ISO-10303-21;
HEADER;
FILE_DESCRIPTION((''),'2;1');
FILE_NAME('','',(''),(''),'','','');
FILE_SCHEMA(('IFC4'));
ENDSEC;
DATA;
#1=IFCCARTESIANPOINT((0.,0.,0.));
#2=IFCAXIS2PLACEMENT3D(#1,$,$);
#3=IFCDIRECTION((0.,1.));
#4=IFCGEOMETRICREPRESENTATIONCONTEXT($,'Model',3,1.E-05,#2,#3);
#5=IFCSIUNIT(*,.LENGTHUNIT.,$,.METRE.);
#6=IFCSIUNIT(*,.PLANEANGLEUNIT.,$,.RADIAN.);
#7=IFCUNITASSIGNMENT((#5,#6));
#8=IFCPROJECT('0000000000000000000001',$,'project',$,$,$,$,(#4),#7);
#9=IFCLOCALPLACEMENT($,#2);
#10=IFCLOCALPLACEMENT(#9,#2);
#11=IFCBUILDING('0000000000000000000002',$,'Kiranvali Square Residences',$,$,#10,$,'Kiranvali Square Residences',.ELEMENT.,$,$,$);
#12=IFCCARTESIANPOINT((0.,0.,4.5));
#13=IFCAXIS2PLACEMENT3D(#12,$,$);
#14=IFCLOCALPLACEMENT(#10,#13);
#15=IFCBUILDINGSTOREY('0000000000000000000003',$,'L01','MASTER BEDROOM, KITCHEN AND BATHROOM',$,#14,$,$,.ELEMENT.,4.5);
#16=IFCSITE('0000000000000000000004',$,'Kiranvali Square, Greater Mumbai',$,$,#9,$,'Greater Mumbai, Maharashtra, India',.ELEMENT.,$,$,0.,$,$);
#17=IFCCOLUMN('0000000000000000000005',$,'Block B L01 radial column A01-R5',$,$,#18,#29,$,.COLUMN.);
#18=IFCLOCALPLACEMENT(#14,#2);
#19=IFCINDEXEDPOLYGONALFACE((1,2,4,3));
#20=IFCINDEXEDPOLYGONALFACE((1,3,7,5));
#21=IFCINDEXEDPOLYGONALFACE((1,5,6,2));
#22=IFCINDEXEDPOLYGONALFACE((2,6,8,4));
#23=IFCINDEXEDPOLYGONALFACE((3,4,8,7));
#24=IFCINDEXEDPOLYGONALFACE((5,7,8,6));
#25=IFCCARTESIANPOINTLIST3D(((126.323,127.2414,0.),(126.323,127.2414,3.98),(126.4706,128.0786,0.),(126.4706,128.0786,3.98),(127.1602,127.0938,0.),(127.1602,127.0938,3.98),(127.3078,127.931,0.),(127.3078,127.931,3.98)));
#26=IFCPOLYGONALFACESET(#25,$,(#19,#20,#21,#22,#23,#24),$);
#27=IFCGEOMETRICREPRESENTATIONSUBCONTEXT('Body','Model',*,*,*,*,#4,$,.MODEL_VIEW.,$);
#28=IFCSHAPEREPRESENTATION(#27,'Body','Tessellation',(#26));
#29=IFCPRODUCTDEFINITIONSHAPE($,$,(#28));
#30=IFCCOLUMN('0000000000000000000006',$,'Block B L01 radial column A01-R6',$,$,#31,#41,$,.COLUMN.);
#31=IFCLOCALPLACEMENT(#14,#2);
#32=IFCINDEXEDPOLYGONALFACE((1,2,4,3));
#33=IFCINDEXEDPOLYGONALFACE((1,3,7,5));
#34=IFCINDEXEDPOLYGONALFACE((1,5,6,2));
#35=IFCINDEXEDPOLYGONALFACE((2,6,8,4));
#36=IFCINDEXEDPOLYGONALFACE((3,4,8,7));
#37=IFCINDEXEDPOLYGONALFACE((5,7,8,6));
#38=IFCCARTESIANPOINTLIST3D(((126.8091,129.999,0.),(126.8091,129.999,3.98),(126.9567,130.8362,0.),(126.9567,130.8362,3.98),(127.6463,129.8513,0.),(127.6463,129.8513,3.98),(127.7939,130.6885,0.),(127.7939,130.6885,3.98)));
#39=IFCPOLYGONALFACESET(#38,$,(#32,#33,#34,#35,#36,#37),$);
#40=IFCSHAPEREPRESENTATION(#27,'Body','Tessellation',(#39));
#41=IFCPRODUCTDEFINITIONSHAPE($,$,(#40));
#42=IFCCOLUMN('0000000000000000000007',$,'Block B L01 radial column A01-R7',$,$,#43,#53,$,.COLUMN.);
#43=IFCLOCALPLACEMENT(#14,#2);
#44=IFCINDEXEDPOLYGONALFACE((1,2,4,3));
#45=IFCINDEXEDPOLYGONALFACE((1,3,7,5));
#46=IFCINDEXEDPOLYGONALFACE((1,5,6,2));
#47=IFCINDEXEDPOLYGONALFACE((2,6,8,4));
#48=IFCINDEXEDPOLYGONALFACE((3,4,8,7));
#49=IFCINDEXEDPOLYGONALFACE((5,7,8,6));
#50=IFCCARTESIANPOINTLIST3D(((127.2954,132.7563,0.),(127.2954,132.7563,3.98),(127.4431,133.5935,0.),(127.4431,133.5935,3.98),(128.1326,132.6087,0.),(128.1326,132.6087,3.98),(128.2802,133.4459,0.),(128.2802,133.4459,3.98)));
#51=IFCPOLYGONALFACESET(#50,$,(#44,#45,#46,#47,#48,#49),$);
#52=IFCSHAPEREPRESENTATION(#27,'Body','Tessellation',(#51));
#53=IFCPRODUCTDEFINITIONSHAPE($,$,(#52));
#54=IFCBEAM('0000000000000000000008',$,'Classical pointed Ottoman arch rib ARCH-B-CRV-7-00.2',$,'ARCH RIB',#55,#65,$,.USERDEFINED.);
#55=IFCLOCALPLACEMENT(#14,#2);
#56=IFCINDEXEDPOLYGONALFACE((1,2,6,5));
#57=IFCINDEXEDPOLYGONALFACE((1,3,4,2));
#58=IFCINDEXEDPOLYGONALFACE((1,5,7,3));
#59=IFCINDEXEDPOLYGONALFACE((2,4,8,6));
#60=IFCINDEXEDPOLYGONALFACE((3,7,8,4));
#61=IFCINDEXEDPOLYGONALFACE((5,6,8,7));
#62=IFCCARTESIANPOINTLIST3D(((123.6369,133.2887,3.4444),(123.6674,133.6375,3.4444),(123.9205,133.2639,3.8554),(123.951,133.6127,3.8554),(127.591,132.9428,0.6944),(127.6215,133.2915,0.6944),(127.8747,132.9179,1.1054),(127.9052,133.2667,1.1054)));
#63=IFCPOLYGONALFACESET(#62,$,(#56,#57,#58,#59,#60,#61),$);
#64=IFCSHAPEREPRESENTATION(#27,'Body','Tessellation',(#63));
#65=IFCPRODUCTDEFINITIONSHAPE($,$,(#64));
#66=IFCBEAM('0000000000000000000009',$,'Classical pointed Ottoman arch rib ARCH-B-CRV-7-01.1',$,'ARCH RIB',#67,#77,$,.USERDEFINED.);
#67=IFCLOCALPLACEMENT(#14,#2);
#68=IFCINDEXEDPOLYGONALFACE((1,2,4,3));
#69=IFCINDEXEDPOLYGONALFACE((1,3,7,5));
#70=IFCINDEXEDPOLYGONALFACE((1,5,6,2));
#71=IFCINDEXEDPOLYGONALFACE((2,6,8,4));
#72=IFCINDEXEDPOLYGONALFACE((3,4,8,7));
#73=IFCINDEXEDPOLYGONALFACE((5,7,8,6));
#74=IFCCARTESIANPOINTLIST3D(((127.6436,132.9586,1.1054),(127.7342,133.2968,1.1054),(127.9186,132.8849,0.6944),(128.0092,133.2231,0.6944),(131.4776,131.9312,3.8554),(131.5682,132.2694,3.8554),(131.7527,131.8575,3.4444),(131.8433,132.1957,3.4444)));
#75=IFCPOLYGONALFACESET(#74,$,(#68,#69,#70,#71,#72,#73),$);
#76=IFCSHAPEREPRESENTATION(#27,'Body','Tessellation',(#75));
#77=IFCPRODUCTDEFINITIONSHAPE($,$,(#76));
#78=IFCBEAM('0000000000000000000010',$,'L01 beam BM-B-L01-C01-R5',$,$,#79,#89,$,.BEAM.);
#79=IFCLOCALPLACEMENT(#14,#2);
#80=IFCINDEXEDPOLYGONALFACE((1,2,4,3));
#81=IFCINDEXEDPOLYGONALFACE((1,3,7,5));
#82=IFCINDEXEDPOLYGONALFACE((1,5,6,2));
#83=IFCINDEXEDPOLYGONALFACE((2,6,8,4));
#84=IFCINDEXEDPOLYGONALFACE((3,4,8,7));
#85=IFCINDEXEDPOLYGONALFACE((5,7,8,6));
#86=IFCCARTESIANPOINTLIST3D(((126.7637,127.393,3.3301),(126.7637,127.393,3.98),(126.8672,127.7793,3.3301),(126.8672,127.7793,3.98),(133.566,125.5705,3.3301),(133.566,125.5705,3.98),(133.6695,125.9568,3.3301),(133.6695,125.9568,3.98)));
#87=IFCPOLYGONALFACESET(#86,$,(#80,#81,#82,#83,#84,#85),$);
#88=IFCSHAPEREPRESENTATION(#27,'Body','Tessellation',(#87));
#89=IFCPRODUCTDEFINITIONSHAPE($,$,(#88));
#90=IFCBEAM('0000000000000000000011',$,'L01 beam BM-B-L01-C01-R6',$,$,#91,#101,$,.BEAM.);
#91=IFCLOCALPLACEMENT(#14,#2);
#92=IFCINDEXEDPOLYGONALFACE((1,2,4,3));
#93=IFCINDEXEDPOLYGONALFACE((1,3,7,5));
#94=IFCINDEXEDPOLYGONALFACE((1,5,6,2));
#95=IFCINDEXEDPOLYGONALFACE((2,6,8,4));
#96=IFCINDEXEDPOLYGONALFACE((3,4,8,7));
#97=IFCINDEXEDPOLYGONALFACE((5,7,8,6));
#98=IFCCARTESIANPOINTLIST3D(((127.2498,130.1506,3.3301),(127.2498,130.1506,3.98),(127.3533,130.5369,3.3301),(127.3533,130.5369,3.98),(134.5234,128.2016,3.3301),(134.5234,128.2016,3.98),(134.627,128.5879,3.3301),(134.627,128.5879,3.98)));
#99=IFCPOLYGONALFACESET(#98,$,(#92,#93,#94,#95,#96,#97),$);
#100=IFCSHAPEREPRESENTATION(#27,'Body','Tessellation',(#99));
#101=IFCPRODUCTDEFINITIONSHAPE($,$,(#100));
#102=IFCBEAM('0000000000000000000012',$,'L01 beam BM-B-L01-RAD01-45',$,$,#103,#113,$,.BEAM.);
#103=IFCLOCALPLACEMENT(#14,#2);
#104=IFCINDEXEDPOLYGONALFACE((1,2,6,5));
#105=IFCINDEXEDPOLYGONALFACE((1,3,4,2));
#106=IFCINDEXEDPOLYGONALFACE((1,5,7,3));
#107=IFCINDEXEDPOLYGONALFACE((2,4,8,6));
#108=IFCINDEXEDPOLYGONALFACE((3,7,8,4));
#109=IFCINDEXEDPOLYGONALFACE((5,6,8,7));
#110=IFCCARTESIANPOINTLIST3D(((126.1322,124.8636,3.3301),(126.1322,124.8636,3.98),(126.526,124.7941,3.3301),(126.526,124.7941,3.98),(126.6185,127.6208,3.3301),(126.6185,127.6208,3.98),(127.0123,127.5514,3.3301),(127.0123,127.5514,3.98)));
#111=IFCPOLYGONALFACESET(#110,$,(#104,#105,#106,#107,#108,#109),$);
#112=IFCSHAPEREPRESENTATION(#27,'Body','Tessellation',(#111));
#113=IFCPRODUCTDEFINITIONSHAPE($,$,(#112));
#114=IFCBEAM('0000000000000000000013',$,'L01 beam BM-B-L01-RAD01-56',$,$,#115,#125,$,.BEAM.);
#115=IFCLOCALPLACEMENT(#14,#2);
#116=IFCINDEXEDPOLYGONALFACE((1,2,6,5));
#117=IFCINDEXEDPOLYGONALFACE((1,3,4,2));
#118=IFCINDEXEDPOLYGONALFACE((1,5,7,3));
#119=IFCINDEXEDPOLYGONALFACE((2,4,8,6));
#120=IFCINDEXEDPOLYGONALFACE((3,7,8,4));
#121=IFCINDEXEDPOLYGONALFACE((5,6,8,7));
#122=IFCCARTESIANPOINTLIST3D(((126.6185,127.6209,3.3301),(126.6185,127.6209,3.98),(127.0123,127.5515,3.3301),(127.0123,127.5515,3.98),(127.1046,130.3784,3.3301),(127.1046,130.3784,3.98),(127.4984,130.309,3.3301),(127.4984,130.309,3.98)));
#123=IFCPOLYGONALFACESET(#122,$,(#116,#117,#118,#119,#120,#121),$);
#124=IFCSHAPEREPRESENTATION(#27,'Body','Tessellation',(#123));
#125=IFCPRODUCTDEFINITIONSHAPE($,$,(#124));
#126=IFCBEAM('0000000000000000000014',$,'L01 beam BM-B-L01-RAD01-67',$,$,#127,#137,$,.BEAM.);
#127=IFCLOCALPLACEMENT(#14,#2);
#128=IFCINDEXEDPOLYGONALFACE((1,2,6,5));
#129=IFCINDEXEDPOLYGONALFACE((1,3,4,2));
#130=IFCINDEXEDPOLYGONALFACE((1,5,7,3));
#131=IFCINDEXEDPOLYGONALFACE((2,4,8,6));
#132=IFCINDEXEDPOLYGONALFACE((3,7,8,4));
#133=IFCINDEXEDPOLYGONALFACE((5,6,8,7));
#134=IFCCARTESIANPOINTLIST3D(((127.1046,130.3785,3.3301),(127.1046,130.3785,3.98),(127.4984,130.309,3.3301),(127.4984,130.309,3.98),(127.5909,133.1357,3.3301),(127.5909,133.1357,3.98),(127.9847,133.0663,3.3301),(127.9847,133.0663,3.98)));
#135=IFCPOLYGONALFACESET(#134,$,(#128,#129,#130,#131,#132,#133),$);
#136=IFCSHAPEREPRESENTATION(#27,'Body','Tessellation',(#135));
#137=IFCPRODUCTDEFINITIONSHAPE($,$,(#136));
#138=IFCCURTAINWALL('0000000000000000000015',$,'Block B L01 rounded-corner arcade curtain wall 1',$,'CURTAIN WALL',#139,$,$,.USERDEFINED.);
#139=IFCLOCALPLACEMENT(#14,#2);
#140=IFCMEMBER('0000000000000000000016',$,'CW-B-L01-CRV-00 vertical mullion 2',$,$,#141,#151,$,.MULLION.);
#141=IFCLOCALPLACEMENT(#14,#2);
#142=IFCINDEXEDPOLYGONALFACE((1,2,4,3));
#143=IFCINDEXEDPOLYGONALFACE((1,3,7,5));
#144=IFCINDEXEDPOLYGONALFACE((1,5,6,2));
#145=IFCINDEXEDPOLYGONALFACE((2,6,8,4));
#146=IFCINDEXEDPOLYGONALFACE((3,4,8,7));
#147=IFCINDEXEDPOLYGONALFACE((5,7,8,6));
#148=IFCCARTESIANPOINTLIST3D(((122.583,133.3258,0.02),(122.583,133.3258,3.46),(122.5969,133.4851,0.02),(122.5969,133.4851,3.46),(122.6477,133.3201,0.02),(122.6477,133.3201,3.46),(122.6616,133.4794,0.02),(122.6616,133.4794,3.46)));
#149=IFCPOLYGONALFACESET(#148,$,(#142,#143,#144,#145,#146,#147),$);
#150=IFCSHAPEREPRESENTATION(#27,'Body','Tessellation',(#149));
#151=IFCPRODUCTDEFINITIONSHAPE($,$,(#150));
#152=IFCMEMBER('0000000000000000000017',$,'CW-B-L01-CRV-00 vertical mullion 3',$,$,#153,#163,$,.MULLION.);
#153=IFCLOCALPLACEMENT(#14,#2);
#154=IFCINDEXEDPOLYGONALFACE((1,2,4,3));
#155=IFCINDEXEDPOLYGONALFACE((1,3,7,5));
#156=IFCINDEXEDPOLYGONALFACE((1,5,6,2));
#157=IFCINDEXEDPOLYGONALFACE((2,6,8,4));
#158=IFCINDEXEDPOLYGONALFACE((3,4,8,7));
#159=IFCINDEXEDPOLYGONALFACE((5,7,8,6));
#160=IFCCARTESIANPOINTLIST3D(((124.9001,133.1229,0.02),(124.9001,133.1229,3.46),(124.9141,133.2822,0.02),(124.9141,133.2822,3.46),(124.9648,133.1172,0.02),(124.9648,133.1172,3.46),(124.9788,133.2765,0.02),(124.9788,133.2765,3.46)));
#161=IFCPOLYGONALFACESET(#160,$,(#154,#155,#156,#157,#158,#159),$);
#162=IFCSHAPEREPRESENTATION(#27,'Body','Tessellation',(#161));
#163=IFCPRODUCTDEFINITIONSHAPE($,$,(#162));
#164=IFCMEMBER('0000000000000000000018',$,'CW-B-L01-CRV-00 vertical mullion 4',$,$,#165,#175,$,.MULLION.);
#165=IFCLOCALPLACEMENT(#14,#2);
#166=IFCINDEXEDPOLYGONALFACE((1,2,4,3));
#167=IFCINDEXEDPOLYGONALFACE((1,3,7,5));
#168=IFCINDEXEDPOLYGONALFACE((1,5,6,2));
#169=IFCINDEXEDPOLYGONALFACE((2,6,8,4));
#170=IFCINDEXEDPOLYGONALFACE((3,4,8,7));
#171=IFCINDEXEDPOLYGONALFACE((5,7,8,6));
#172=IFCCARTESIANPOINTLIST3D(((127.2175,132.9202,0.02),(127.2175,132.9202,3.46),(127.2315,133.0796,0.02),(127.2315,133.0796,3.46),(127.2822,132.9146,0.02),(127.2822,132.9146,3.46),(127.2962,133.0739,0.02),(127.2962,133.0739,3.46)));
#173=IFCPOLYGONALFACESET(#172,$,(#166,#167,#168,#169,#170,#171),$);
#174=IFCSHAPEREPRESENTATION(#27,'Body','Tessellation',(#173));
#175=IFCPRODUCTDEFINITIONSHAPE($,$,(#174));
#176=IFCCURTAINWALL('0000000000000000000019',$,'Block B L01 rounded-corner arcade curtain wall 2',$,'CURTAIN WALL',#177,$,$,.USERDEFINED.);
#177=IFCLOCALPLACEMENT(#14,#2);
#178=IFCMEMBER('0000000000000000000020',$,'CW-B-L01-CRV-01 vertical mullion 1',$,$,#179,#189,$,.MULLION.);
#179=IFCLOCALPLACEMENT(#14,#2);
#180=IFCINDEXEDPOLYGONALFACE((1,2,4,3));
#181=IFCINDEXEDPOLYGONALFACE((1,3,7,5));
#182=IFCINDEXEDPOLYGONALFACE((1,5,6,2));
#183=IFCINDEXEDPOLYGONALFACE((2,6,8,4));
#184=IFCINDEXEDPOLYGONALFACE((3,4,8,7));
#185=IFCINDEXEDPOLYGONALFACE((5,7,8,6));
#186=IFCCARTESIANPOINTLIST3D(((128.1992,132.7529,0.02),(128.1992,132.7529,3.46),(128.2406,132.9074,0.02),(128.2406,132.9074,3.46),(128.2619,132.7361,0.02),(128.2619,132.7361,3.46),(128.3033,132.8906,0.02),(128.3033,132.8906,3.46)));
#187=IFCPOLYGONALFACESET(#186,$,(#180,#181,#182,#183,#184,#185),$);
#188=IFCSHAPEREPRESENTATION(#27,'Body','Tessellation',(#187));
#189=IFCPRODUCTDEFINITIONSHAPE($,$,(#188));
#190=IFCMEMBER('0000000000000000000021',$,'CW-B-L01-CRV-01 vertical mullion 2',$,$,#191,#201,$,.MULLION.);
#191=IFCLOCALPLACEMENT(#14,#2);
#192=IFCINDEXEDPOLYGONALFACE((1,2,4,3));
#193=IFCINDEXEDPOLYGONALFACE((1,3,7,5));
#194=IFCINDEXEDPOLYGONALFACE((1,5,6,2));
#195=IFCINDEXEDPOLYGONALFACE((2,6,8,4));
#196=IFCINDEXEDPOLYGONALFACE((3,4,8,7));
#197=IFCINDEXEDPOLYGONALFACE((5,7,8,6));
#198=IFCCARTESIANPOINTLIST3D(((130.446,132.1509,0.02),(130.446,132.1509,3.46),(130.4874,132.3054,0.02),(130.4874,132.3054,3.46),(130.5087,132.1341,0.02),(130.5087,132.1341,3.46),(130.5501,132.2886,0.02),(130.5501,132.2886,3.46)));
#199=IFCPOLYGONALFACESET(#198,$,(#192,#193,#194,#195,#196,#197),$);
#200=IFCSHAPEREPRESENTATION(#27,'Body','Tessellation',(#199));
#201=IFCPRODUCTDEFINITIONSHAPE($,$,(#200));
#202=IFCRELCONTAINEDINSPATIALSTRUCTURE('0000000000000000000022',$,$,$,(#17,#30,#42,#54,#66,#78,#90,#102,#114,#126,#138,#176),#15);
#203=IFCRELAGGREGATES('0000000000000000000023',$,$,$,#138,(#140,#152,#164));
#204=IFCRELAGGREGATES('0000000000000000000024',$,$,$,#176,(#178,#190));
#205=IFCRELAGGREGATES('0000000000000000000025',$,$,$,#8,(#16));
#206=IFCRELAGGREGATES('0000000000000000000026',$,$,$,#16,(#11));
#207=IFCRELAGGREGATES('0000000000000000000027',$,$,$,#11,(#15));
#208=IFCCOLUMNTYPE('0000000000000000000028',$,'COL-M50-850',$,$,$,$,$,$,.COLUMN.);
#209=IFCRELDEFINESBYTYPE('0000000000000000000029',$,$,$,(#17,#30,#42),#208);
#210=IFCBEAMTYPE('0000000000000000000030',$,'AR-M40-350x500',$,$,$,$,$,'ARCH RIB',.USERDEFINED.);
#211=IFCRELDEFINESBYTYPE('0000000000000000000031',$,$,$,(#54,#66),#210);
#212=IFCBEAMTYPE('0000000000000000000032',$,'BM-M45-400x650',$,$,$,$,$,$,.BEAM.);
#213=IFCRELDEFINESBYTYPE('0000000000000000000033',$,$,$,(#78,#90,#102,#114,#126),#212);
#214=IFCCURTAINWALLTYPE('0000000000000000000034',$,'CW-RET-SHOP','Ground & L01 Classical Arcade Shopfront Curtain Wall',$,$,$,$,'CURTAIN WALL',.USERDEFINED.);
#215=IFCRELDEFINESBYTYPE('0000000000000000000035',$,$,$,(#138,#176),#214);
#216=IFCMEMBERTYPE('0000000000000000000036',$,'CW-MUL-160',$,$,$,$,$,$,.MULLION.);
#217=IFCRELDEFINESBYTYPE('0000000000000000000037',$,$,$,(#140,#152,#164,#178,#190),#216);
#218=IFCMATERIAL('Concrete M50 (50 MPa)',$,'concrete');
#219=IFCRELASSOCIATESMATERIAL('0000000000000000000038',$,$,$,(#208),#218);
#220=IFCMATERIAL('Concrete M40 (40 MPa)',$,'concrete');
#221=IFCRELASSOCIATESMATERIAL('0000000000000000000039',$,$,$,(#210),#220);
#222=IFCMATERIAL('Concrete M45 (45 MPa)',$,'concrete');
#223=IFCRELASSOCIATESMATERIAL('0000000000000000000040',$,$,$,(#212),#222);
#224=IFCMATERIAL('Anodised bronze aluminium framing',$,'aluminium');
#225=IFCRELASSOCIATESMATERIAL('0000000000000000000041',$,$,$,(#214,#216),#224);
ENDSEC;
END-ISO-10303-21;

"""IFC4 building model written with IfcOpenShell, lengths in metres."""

from ifc_helpers import new_model, si_unit, direction, frame, origin, origin_2d, place, context, subcontext, project, spatial, rectangle, extrude, material, material_profile, profile_set, type_object, element, aggregate, save


model = new_model("IFC4")

# Units and contexts
model_context = context("Model", 3, precision=1e-05, world=origin(), true_north=direction((0.0, 1.0)))
body_context = subcontext(model_context, "Body", "Model", "MODEL_VIEW")
ifc_project = project(units=[si_unit("LENGTHUNIT", "METRE"), si_unit("PLANEANGLEUNIT", "RADIAN")], contexts=[model_context])

# Site, building, storey
site_placement = place(None, origin())
site = spatial("IfcSite", under=ifc_project, at=site_placement, Name="Kiranvali Square, Greater Mumbai", LongName="Greater Mumbai, Maharashtra, India", CompositionType="ELEMENT", RefElevation=0.0)
building_placement = place(site_placement, origin())
building = spatial("IfcBuilding", under=site, at=building_placement, Name="Kiranvali Square Residences", LongName="Kiranvali Square Residences", CompositionType="ELEMENT")
storey_placement = place(building_placement, frame((0.0, 0.0, 4.5)))
storey = spatial("IfcBuildingStorey", under=building, at=storey_placement, Name="L01", Description="MASTER BEDROOM, KITCHEN AND BATHROOM", CompositionType="ELEMENT", Elevation=4.5)

# Columns
ifc_material_1 = material(Name="Concrete M50 (50 MPa)", Category="concrete")
ifc_material_profile_1 = material_profile(ifc_material_1, rectangle(XDim=0.8501, YDim=0.8501, at=origin_2d()), Name="RC 850x850")
ifc_profile_set_1 = profile_set([ifc_material_profile_1], Name="Concrete M50 (50 MPa)")
column_type = type_object("IfcColumnType", Name="COL-M50-850", PredefinedType="COLUMN", material=ifc_profile_set_1)
for number, where, z_axis, x_axis, name in (
    (1, (126.8154, 127.5862, 0.0), (0.0, 0.0, 1.0), (-0.984808, 0.173648, 0.0), "Block B L01 radial column A01-R5"),
    (2, (127.3015, 130.3438, 0.0), (0.0, 0.0, 1.0), (-0.984808, 0.173648, 0.0), "Block B L01 radial column A01-R6"),
    (3, (127.7878, 133.1011, 0.0), (0.0, 0.0, 1.0), (-0.984808, 0.173648, 0.0), "Block B L01 radial column A01-R7"),
):
    element("IfcColumn", number, at=place(storey_placement, frame(where, z_axis=z_axis, x_axis=x_axis)), inside=storey, type_object=column_type, Name=name, PredefinedType="COLUMN", context=body_context, shape_type="SweptSolid", body=[
        extrude(rectangle(XDim=0.8501, YDim=0.8501, at=origin_2d()), origin(), (0.0, 0.0, 1.0), 3.98),
    ])

# Beams
ifc_material_2 = material(Name="Concrete M40 (40 MPa)", Category="concrete")
ifc_material_profile_2 = material_profile(ifc_material_2, rectangle(XDim=0.3501, YDim=0.5, at=origin_2d()), Name="RC 350x500")
ifc_profile_set_2 = profile_set([ifc_material_profile_2], Name="Concrete M40 (40 MPa)")
beam_type_1 = type_object("IfcBeamType", Name="AR-M40-350x500", ElementType="ARCH RIB", PredefinedType="USERDEFINED", material=ifc_profile_set_2)
for number, where, z_axis, x_axis, name in (
    (4, (123.7939, 133.4507, 3.6499), (0.818862, -0.071643, -0.569502), (0.087158, 0.996195, 0.0), "Classical pointed Ottoman arch rib ARCH-B-CRV-7-00.2"),
    (5, (127.8264, 133.0908, 0.8999), (0.793982, -0.212753, 0.569499), (0.258826, 0.965924, 0.0), "Classical pointed Ottoman arch rib ARCH-B-CRV-7-01.1"),
):
    element("IfcBeam", number, at=place(storey_placement, frame(where, z_axis=z_axis, x_axis=x_axis)), inside=storey, type_object=beam_type_1, Name=name, ObjectType="ARCH RIB", PredefinedType="USERDEFINED", context=body_context, shape_type="SweptSolid", body=[
        extrude(rectangle(XDim=0.3501, YDim=0.5, at=origin_2d()), origin(), (0.0, 0.0, 1.0), 4.8289),
    ])
ifc_material_3 = material(Name="Concrete M45 (45 MPa)", Category="concrete")
ifc_material_profile_3 = material_profile(ifc_material_3, rectangle(XDim=0.3999, YDim=0.6499, at=origin_2d()), Name="RC 400x650")
ifc_profile_set_3 = profile_set([ifc_material_profile_3], Name="Concrete M45 (45 MPa)")
beam_type_2 = type_object("IfcBeamType", Name="BM-M45-400x650", PredefinedType="BEAM", material=ifc_profile_set_3)
beam_1_placement = place(storey_placement, frame((126.8154, 127.5862, 3.655), z_axis=(0.965931, -0.2588, 0.0), x_axis=(0.2588, 0.965931, 0.0)))
element("IfcBeam", 6, at=beam_1_placement, inside=storey, type_object=beam_type_2, Name="L01 beam BM-B-L01-C01-R5", PredefinedType="BEAM", context=body_context, shape_type="SweptSolid", body=[
    extrude(rectangle(XDim=0.3999, YDim=0.6499, at=origin_2d()), origin(), (0.0, 0.0, 1.0), 7.0422),
])
beam_2_placement = place(storey_placement, frame((127.3015, 130.3438, 3.655), z_axis=(0.965926, -0.258819, 0.0), x_axis=(0.258819, 0.965926, 0.0)))
element("IfcBeam", 7, at=beam_2_placement, inside=storey, type_object=beam_type_2, Name="L01 beam BM-B-L01-C01-R6", PredefinedType="BEAM", context=body_context, shape_type="SweptSolid", body=[
    extrude(rectangle(XDim=0.3999, YDim=0.6499, at=origin_2d()), origin(), (0.0, 0.0, 1.0), 7.5303),
])
beam_3_placement = place(storey_placement, frame((126.3291, 124.8289, 3.655), z_axis=(0.173696, 0.984799, 0.0), x_axis=(-0.984799, 0.173696, 0.0)))
element("IfcBeam", 8, at=beam_3_placement, inside=storey, type_object=beam_type_2, Name="L01 beam BM-B-L01-RAD01-45", PredefinedType="BEAM", context=body_context, shape_type="SweptSolid", body=[
    extrude(rectangle(XDim=0.3999, YDim=0.6499, at=origin_2d()), origin(), (0.0, 0.0, 1.0), 2.7998),
])
beam_4_placement = place(storey_placement, frame((126.8154, 127.5862, 3.655), z_axis=(0.173596, 0.984817, 0.0), x_axis=(-0.984817, 0.173596, 0.0)))
element("IfcBeam", 9, at=beam_4_placement, inside=storey, type_object=beam_type_2, Name="L01 beam BM-B-L01-RAD01-56", PredefinedType="BEAM", context=body_context, shape_type="SweptSolid", body=[
    extrude(rectangle(XDim=0.3999, YDim=0.6499, at=origin_2d()), origin(), (0.0, 0.0, 1.0), 2.8),
])
beam_5_placement = place(storey_placement, frame((127.3015, 130.3438, 3.655), z_axis=(0.173696, 0.984799, 0.0), x_axis=(-0.984799, 0.173696, 0.0)))
element("IfcBeam", 10, at=beam_5_placement, inside=storey, type_object=beam_type_2, Name="L01 beam BM-B-L01-RAD01-67", PredefinedType="BEAM", context=body_context, shape_type="SweptSolid", body=[
    extrude(rectangle(XDim=0.3999, YDim=0.6499, at=origin_2d()), origin(), (0.0, 0.0, 1.0), 2.7998),
])

# Curtain walls, members
ifc_material_4 = material(Name="Anodised bronze aluminium framing", Category="aluminium")
curtain_wall_type = type_object("IfcCurtainWallType", Name="CW-RET-SHOP", Description="Ground & L01 Classical Arcade Shopfront Curtain Wall", ElementType="CURTAIN WALL", PredefinedType="USERDEFINED", material=ifc_material_4)
curtain_wall_1_placement = place(storey_placement, origin())
curtain_wall_1 = element("IfcCurtainWall", 11, at=curtain_wall_1_placement, inside=storey, type_object=curtain_wall_type, Name="Block B L01 rounded-corner arcade curtain wall 1", ObjectType="CURTAIN WALL", PredefinedType="USERDEFINED")
ifc_material_profile_4 = material_profile(ifc_material_4, rectangle(XDim=0.0649, YDim=0.1599, at=origin_2d()), Name="ALU 65x160")
ifc_profile_set_4 = profile_set([ifc_material_profile_4], Name="Anodised bronze aluminium framing")
member_type_1 = type_object("IfcMemberType", Name="CW-MUL-160", PredefinedType="MULLION", material=ifc_profile_set_4)
member_1_placement = place(storey_placement, frame((122.6223, 133.4026, 0.02), z_axis=(0.0, 0.0, 1.0), x_axis=(0.996195, -0.087156, 0.0)))
member_1 = element("IfcMember", 12, at=member_1_placement, type_object=member_type_1, Name="CW-B-L01-CRV-00 vertical mullion 2", PredefinedType="MULLION", context=body_context, shape_type="SweptSolid", body=[
    extrude(rectangle(XDim=0.0649, YDim=0.1599, at=origin_2d()), origin(), (0.0, 0.0, 1.0), 3.4399),
])
member_2_placement = place(storey_placement, frame((124.9395, 133.1997, 0.02), z_axis=(0.0, 0.0, 1.0), x_axis=(0.996195, -0.087156, 0.0)))
member_2 = element("IfcMember", 13, at=member_2_placement, type_object=member_type_1, Name="CW-B-L01-CRV-00 vertical mullion 3", PredefinedType="MULLION", context=body_context, shape_type="SweptSolid", body=[
    extrude(rectangle(XDim=0.0649, YDim=0.1599, at=origin_2d()), origin(), (0.0, 0.0, 1.0), 3.4399),
])
member_3_placement = place(storey_placement, frame((127.2568, 132.9971, 0.02), z_axis=(0.0, 0.0, 1.0), x_axis=(0.996195, -0.087156, 0.0)))
member_3 = element("IfcMember", 14, at=member_3_placement, type_object=member_type_1, Name="CW-B-L01-CRV-00 vertical mullion 4", PredefinedType="MULLION", context=body_context, shape_type="SweptSolid", body=[
    extrude(rectangle(XDim=0.0649, YDim=0.1599, at=origin_2d()), origin(), (0.0, 0.0, 1.0), 3.4399),
])
curtain_wall_2_placement = place(storey_placement, origin())
curtain_wall_2 = element("IfcCurtainWall", 15, at=curtain_wall_2_placement, inside=storey, type_object=curtain_wall_type, Name="Block B L01 rounded-corner arcade curtain wall 2", ObjectType="CURTAIN WALL", PredefinedType="USERDEFINED")
member_4_placement = place(storey_placement, frame((128.2512, 132.8218, 0.02), z_axis=(0.0, 0.0, 1.0), x_axis=(0.965926, -0.258819, 0.0)))
member_4 = element("IfcMember", 16, at=member_4_placement, type_object=member_type_1, Name="CW-B-L01-CRV-01 vertical mullion 1", PredefinedType="MULLION", context=body_context, shape_type="SweptSolid", body=[
    extrude(rectangle(XDim=0.0649, YDim=0.1599, at=origin_2d()), origin(), (0.0, 0.0, 1.0), 3.4399),
])
member_5_placement = place(storey_placement, frame((130.498, 132.2197, 0.02), z_axis=(0.0, 0.0, 1.0), x_axis=(0.965926, -0.258819, 0.0)))
member_5 = element("IfcMember", 17, at=member_5_placement, type_object=member_type_1, Name="CW-B-L01-CRV-01 vertical mullion 2", PredefinedType="MULLION", context=body_context, shape_type="SweptSolid", body=[
    extrude(rectangle(XDim=0.0649, YDim=0.1599, at=origin_2d()), origin(), (0.0, 0.0, 1.0), 3.4399),
])

aggregate(curtain_wall_1, [member_1, member_2, member_3])
aggregate(curtain_wall_2, [member_4, member_5])

save(model, "model.ifc")
